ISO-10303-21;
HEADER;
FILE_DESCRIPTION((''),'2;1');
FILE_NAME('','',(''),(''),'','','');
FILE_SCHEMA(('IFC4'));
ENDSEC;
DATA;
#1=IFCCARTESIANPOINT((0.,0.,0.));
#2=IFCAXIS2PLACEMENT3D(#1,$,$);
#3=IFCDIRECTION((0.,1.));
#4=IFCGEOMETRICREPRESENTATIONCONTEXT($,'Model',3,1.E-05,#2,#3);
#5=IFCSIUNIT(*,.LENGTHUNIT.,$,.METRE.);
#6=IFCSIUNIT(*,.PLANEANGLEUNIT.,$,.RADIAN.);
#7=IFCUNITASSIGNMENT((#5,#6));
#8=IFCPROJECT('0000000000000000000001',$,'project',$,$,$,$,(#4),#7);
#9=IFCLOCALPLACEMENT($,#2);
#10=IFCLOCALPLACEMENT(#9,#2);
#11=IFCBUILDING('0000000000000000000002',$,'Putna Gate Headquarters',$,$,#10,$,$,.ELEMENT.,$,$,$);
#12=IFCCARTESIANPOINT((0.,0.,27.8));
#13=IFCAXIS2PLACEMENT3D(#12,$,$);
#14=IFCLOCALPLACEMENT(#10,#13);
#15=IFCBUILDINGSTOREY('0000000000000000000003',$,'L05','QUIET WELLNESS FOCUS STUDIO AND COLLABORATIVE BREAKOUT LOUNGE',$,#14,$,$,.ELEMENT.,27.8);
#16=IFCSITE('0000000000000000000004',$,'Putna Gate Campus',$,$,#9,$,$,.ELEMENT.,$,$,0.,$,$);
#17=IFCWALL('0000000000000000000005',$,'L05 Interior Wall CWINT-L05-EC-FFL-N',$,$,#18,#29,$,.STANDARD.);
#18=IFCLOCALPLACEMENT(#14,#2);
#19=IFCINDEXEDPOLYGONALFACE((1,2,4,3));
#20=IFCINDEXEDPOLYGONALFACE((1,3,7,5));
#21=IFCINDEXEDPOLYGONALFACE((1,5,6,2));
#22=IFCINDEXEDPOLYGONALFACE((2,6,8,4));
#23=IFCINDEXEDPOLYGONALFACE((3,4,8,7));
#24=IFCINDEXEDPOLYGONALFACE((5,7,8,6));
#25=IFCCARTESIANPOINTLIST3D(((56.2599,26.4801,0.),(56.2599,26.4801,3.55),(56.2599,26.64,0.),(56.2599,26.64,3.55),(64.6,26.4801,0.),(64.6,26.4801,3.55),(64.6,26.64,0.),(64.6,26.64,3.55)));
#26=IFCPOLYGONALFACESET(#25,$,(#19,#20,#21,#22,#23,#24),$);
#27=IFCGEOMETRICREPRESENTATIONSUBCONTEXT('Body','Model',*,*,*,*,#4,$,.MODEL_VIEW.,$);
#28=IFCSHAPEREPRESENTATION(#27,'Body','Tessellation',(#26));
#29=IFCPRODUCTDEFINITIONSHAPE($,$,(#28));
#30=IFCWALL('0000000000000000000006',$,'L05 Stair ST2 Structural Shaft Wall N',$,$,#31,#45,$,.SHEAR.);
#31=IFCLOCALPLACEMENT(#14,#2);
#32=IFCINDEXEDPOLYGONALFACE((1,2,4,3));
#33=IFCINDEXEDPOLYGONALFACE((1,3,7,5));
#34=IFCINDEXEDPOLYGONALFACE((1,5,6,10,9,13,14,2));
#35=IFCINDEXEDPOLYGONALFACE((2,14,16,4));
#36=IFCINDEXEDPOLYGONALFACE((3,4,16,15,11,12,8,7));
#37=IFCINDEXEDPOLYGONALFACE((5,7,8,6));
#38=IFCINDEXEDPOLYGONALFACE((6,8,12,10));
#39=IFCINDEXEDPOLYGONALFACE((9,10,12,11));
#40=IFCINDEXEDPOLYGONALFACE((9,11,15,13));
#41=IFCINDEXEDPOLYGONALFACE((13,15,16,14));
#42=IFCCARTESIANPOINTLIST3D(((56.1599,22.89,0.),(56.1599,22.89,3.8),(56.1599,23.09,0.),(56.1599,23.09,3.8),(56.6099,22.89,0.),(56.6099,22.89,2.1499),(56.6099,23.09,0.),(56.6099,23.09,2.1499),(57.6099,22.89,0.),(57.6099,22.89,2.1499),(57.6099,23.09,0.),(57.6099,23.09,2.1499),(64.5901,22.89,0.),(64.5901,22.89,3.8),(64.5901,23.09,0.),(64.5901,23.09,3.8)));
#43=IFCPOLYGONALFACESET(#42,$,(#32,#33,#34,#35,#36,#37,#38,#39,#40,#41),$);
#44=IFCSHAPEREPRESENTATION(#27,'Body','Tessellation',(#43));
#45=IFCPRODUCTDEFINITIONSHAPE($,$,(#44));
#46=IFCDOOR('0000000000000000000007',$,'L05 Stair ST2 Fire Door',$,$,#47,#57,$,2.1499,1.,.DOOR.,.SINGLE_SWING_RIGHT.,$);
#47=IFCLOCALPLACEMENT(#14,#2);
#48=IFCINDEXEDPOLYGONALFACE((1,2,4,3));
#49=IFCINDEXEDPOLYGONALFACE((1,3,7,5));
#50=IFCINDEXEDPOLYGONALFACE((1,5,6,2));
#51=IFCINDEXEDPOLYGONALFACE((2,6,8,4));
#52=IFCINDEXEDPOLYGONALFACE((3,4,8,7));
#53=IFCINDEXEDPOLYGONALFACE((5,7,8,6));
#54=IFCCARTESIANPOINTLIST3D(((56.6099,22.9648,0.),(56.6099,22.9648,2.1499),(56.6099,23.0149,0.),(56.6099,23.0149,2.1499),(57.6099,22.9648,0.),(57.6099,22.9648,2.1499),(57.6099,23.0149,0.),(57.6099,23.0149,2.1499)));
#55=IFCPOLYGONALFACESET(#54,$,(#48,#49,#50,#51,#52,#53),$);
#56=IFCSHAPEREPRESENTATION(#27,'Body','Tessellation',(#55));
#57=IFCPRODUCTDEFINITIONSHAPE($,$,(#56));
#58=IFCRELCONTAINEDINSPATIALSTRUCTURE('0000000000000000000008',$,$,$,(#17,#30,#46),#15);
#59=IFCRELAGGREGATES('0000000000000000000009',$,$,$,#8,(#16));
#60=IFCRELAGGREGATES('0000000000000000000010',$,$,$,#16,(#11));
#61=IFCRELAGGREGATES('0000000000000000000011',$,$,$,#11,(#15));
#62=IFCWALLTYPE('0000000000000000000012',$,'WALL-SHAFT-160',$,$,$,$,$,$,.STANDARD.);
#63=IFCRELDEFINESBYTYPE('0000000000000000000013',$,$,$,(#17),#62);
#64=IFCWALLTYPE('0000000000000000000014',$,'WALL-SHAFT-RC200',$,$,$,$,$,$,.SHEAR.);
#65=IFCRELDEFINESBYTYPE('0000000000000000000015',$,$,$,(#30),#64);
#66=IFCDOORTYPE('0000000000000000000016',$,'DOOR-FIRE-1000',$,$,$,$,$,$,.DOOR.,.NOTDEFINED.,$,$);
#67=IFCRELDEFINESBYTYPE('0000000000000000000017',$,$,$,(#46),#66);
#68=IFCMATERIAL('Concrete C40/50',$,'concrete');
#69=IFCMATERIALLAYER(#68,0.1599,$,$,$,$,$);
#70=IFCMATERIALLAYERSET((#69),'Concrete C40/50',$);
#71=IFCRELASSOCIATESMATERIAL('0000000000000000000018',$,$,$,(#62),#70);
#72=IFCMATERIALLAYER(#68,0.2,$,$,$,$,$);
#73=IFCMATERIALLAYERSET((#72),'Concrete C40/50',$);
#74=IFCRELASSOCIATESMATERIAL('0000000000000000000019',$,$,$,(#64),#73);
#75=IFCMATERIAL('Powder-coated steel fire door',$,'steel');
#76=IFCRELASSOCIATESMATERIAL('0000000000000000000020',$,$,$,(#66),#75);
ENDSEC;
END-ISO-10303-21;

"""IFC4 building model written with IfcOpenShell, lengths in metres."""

from ifc_helpers import new_model, si_unit, direction, frame, frame_2d, origin, place, context, subcontext, project, spatial, rectangle, extrude, material, layer, layer_set, type_object, element, fill, save


model = new_model("IFC4")

# Units and contexts
model_context = context("Model", 3, precision=1e-05, world=origin(), true_north=direction((0.0, 1.0)))
body_context = subcontext(model_context, "Body", "Model", "MODEL_VIEW")
ifc_project = project(units=[si_unit("LENGTHUNIT", "METRE"), si_unit("PLANEANGLEUNIT", "RADIAN")], contexts=[model_context])

# Site, building, storey
site_placement = place(None, origin())
site = spatial("IfcSite", under=ifc_project, at=site_placement, Name="Putna Gate Campus", CompositionType="ELEMENT", RefElevation=0.0)
building_placement = place(site_placement, origin())
building = spatial("IfcBuilding", under=site, at=building_placement, Name="Putna Gate Headquarters", CompositionType="ELEMENT")
storey_placement = place(building_placement, frame((0.0, 0.0, 27.8)))
storey = spatial("IfcBuildingStorey", under=building, at=storey_placement, Name="L05", Description="QUIET WELLNESS FOCUS STUDIO AND COLLABORATIVE BREAKOUT LOUNGE", CompositionType="ELEMENT", Elevation=27.8)

# Shared definitions
ifc_material_1 = material(Name="Concrete C40/50", Category="concrete")
ifc_layer_1 = layer(ifc_material_1, 0.1599)
ifc_layer_set_1 = layer_set([ifc_layer_1], Name="Concrete C40/50")
wall_type_1 = type_object("IfcWallType", Name="WALL-SHAFT-160", PredefinedType="STANDARD", material=ifc_layer_set_1)

# Wall
wall_1_placement = place(storey_placement, frame((56.26, 26.5601, 0.0), z_axis=(0.0, 0.0, 1.0), x_axis=(1.0, 0.0, 0.0)))
element("IfcWall", 1, at=wall_1_placement, inside=storey, type_object=wall_type_1, Name="L05 Interior Wall CWINT-L05-EC-FFL-N", PredefinedType="STANDARD", context=body_context, shape_type="SweptSolid", body=[
    extrude(rectangle(XDim=8.3401, YDim=0.1599, at=frame_2d((4.1699, 0.0))), origin(), (0.0, 0.0, 1.0), 3.55),
])

# Wall, opening, door
ifc_layer_2 = layer(ifc_material_1, 0.2)
ifc_layer_set_2 = layer_set([ifc_layer_2], Name="Concrete C40/50")
wall_type_2 = type_object("IfcWallType", Name="WALL-SHAFT-RC200", PredefinedType="SHEAR", material=ifc_layer_set_2)
wall_2_placement = place(storey_placement, frame((56.1599, 22.99, 0.0), z_axis=(0.0, 0.0, 1.0), x_axis=(1.0, 0.0, 0.0)))
wall_2 = element("IfcWall", 2, at=wall_2_placement, inside=storey, type_object=wall_type_2, Name="L05 Stair ST2 Structural Shaft Wall N", PredefinedType="SHEAR", context=body_context, shape_type="SweptSolid", body=[
    extrude(rectangle(XDim=8.4302, YDim=0.2, at=frame_2d((4.2151, 0.0))), origin(), (0.0, 0.0, 1.0), 3.8),
])
opening_1_placement = place(wall_2_placement, frame((0.45, 0.0, 0.0)))
opening_1 = element("IfcOpeningElement", 3, at=opening_1_placement, cuts=wall_2, PredefinedType="OPENING", context=body_context, shape_type="SweptSolid", body=[
    extrude(rectangle(XDim=1.0, YDim=2.1499, at=frame_2d((0.5, 1.075))), frame((0.0, 0.1099, 0.0), z_axis=(0.0, -1.0, 0.0), x_axis=(1.0, 0.0, 0.0)), (0.0, 0.0, 1.0), 0.22),
])
ifc_material_2 = material(Name="Powder-coated steel fire door", Category="steel")
door_type_1 = type_object("IfcDoorType", Name="DOOR-FIRE-1000", OperationType="NOTDEFINED", PredefinedType="DOOR", material=ifc_material_2)
door_1_placement = place(opening_1_placement, origin())
door_1 = element("IfcDoor", 4, at=door_1_placement, inside=storey, type_object=door_type_1, Name="L05 Stair ST2 Fire Door", OperationType="SINGLE_SWING_RIGHT", OverallHeight=2.1499, OverallWidth=1.0, PredefinedType="DOOR", context=body_context, shape_type="SweptSolid", body=[
    extrude(rectangle(XDim=1.0, YDim=2.1499, at=frame_2d((0.5, 1.075))), frame((0.0, 0.0249, 0.0), z_axis=(0.0, -1.0, 0.0), x_axis=(1.0, 0.0, 0.0)), (0.0, 0.0, 1.0), 0.05),
])
fill(opening_1, door_1)

save(model, "model.ifc")
